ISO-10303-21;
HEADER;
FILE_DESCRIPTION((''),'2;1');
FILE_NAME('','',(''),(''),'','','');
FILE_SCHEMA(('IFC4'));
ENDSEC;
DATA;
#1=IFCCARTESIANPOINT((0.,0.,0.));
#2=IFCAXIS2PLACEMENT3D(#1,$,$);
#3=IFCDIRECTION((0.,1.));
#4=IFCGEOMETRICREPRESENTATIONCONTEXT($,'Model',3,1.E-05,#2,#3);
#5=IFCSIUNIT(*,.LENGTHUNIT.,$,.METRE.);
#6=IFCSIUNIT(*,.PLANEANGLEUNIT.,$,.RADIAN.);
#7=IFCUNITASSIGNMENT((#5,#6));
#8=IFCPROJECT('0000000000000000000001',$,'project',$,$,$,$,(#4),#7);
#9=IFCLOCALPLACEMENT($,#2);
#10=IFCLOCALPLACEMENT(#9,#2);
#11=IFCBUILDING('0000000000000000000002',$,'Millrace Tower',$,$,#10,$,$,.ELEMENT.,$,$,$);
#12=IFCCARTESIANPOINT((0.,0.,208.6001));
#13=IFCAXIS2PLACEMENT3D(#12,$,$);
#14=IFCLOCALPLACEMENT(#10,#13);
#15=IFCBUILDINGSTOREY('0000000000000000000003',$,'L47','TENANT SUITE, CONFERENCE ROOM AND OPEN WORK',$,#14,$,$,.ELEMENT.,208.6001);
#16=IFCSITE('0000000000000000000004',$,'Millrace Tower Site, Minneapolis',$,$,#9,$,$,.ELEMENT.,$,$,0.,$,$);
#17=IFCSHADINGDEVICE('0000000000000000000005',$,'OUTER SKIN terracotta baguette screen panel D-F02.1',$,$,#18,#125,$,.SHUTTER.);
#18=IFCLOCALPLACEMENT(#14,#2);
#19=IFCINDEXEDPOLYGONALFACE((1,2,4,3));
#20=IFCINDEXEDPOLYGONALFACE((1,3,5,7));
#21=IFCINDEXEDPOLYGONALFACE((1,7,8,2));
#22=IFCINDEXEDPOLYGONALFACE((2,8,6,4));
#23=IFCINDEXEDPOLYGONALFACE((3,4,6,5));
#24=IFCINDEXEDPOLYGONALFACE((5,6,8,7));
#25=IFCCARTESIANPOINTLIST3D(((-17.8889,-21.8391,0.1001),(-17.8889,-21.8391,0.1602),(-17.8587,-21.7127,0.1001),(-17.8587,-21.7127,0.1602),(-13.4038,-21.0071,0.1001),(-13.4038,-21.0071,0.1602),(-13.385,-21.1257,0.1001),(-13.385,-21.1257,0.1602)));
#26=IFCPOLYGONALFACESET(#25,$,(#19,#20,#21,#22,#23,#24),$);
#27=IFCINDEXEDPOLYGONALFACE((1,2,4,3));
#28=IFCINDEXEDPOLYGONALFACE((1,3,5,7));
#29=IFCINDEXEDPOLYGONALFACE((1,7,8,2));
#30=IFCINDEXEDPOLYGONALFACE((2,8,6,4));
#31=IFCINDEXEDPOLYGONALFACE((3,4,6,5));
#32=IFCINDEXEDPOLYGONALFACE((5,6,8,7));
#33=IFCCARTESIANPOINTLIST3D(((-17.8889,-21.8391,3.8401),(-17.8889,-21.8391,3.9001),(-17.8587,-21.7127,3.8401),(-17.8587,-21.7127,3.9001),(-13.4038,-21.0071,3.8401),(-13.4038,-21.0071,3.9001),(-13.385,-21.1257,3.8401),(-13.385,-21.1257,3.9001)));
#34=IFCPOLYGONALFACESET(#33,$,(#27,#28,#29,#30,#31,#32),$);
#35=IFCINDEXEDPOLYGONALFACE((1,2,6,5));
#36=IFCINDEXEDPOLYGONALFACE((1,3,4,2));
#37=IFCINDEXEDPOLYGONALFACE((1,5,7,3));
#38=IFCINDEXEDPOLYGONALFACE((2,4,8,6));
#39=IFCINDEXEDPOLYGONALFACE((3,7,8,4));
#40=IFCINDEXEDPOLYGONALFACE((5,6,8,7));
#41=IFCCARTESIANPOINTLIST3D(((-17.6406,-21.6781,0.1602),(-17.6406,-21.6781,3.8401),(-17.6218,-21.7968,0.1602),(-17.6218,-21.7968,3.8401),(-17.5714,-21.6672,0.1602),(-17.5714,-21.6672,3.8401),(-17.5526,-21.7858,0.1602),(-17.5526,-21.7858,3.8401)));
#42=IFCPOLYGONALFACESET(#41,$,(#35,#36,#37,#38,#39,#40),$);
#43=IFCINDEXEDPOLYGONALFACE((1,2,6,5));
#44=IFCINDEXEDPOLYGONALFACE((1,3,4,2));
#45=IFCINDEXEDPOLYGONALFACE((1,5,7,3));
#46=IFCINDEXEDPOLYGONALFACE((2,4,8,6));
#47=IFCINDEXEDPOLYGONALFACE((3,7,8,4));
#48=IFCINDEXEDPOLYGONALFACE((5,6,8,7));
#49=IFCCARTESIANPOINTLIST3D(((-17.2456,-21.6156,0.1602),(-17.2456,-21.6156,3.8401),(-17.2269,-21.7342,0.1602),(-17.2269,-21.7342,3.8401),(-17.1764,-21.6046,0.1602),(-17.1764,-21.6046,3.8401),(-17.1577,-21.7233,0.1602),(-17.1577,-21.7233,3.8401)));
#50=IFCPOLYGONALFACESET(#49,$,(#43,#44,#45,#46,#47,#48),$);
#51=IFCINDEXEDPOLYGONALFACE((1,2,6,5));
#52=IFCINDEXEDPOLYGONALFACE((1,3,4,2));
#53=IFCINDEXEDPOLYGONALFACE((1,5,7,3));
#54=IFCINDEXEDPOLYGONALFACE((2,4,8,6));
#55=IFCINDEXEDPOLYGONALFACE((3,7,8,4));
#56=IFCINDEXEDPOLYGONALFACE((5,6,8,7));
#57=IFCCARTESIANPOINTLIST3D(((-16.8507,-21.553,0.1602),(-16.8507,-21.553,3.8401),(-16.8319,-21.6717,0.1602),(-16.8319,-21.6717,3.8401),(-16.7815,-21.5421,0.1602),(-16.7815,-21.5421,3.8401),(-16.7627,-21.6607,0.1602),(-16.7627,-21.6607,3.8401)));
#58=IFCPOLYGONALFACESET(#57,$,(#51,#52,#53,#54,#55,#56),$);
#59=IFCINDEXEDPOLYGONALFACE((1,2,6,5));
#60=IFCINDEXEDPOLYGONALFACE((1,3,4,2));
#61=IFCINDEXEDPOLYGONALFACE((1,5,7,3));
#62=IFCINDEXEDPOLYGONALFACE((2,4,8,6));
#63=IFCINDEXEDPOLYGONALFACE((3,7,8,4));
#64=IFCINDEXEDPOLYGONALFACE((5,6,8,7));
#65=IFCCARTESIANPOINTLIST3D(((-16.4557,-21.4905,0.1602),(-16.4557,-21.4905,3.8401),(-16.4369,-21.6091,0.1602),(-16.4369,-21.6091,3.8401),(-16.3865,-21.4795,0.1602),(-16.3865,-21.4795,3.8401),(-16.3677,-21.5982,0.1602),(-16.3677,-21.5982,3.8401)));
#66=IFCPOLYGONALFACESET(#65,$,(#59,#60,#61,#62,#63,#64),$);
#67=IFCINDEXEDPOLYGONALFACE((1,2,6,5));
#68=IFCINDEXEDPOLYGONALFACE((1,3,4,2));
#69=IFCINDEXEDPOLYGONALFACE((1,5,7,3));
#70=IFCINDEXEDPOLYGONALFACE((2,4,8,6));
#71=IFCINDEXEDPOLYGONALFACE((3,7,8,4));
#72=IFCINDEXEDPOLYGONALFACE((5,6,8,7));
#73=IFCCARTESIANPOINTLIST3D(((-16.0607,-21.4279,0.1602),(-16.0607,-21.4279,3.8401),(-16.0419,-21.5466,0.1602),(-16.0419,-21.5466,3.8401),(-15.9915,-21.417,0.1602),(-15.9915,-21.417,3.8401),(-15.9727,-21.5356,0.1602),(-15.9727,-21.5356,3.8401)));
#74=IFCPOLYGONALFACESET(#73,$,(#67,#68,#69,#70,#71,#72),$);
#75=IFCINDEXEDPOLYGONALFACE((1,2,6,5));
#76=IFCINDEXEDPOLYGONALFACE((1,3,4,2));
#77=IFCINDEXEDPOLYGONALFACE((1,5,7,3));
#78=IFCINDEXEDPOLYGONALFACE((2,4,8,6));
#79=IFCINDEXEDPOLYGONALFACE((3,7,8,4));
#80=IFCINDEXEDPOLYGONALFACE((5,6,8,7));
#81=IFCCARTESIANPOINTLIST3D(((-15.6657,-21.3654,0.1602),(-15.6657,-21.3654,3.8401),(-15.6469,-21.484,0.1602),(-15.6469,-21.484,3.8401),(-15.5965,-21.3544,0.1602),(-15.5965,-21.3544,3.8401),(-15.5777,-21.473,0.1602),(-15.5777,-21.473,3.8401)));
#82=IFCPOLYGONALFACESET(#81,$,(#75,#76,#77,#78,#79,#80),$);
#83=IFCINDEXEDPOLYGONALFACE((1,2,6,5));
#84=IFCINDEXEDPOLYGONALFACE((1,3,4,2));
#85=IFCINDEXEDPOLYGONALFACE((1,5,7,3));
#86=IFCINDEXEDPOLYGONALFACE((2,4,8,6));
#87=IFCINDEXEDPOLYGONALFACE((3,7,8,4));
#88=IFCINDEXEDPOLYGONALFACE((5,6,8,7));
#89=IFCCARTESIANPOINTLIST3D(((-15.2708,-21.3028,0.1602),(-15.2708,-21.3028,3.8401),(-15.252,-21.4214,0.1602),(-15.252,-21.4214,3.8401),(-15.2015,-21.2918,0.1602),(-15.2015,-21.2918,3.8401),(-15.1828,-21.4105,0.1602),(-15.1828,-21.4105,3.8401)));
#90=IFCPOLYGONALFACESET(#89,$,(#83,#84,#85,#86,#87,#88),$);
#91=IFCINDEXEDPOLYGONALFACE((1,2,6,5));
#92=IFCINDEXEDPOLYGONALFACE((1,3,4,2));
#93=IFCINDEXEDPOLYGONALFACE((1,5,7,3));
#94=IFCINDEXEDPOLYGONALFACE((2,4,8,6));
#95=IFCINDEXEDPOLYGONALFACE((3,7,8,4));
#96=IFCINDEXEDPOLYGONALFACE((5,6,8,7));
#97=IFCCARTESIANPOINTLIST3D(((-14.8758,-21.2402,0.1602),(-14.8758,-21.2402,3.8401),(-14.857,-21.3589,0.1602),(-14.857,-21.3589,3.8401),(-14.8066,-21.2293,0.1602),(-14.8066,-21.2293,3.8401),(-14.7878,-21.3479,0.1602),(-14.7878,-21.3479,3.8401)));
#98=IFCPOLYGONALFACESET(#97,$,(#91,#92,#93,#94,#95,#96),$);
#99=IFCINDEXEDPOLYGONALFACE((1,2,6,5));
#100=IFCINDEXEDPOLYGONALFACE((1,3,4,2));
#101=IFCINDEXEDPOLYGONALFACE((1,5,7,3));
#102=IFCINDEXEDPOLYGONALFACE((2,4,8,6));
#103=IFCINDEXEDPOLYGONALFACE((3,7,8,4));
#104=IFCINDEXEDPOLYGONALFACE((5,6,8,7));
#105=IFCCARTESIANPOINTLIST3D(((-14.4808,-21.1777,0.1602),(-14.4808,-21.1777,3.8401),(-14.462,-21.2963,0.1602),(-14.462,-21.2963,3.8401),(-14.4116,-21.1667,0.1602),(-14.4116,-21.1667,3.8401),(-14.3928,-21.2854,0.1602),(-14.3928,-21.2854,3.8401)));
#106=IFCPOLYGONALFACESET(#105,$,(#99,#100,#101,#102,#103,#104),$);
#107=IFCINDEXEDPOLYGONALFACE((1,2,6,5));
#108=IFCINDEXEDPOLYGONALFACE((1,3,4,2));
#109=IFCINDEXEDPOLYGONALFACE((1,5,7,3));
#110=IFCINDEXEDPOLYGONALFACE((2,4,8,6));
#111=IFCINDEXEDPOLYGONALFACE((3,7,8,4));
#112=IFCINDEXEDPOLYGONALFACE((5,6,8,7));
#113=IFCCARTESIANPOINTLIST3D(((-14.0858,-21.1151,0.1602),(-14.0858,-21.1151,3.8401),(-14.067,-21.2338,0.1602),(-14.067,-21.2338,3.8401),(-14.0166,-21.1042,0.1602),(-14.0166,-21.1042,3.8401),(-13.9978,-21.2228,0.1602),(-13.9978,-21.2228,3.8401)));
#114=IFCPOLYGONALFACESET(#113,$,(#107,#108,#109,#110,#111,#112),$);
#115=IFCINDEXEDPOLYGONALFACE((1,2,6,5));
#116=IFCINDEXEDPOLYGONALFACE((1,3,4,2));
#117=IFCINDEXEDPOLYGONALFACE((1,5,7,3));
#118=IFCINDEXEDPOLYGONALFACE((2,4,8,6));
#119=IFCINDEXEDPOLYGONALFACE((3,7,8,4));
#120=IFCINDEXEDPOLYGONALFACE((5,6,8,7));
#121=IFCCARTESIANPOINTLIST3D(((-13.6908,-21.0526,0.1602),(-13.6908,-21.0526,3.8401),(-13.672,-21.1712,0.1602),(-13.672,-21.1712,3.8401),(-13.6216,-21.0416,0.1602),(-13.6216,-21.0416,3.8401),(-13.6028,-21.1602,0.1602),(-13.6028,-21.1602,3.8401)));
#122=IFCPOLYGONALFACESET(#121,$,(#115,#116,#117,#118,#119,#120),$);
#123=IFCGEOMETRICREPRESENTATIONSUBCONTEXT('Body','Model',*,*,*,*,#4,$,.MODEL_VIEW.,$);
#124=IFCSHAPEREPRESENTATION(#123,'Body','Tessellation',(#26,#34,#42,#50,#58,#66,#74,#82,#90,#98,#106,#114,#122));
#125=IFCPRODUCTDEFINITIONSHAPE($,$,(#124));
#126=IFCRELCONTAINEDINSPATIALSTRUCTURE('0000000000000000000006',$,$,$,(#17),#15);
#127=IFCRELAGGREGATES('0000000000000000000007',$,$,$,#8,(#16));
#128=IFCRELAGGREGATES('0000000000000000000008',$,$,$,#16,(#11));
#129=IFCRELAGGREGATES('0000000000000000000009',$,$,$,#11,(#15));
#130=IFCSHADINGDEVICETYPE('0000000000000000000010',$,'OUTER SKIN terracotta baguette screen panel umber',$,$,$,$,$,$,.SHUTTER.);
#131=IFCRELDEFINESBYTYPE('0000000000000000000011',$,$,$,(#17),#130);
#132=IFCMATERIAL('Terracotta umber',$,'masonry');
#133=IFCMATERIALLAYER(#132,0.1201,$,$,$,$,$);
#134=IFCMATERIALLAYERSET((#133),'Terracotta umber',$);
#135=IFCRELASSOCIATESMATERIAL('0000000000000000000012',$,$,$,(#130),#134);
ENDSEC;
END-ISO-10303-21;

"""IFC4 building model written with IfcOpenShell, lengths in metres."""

from ifc_helpers import new_model, entity, si_unit, direction, frame, frame_2d, origin, place, context, subcontext, project, spatial, rectangle, extrude, source, transform, mapped, material, layer, layer_set, type_object, element, save


model = new_model("IFC4")

# Units and contexts
model_context = context("Model", 3, precision=1e-05, world=origin(), true_north=direction((0.0, 1.0)))
body_context = subcontext(model_context, "Body", "Model", "MODEL_VIEW")
ifc_project = project(units=[si_unit("LENGTHUNIT", "METRE"), si_unit("PLANEANGLEUNIT", "RADIAN")], contexts=[model_context])

# Site, building, storey
site_placement = place(None, origin())
site = spatial("IfcSite", under=ifc_project, at=site_placement, Name="Millrace Tower Site, Minneapolis", CompositionType="ELEMENT", RefElevation=0.0)
building_placement = place(site_placement, origin())
building = spatial("IfcBuilding", under=site, at=building_placement, Name="Millrace Tower", CompositionType="ELEMENT")
storey_placement = place(building_placement, frame((0.0, 0.0, 208.6001)))
storey = spatial("IfcBuildingStorey", under=building, at=storey_placement, Name="L47", Description="TENANT SUITE, CONFERENCE ROOM AND OPEN WORK", CompositionType="ELEMENT", Elevation=208.6001)

# Shading device
ifc_material_1 = material(Name="Terracotta umber", Category="masonry")
ifc_layer_1 = layer(ifc_material_1, 0.1201)
ifc_layer_set_1 = layer_set([ifc_layer_1], Name="Terracotta umber")
shading_device_type = type_object("IfcShadingDeviceType", Name="OUTER SKIN terracotta baguette screen panel umber", PredefinedType="SHUTTER", material=ifc_layer_set_1)
cartesian_point_1 = entity("IfcCartesianPoint", [-2.2429, 0.0601])
shared_polyline_1 = entity("IfcPolyline", [cartesian_point_1, entity("IfcCartesianPoint", [2.2676, 0.0601]), entity("IfcCartesianPoint", [2.2676, -0.0601]), entity("IfcCartesianPoint", [-2.2925, -0.0601]), cartesian_point_1])
shared_shape_1 = source(origin(), body_context, "Body", "SweptSolid", [
    entity("IfcExtrudedAreaSolid", entity("IfcArbitraryClosedProfileDef", "AREA", None, shared_polyline_1), entity("IfcAxis2Placement3D", entity("IfcCartesianPoint", [0.0, 0.0, 0.0])), entity("IfcDirection", [0.0, 0.0, 1.0]), 0.0601),
    entity("IfcExtrudedAreaSolid", entity("IfcArbitraryClosedProfileDef", "AREA", None, shared_polyline_1), entity("IfcAxis2Placement3D", entity("IfcCartesianPoint", [0.0, 0.0, 3.74])), entity("IfcDirection", [0.0, 0.0, 1.0]), 0.0601),
    extrude(rectangle(XDim=0.0701, YDim=0.1201, at=frame_2d((-1.9871, 0.0))), frame((0.0, 0.0, 0.0601)), (0.0, 0.0, 1.0), 3.6799),
    extrude(rectangle(XDim=0.0701, YDim=0.1201, at=frame_2d((-1.5872, 0.0))), frame((0.0, 0.0, 0.0601)), (0.0, 0.0, 1.0), 3.6799),
    extrude(rectangle(XDim=0.0701, YDim=0.1201, at=frame_2d((-1.1873, 0.0))), frame((0.0, 0.0, 0.0601)), (0.0, 0.0, 1.0), 3.6799),
    extrude(rectangle(XDim=0.0701, YDim=0.1201, at=frame_2d((-0.7874, 0.0))), frame((0.0, 0.0, 0.0601)), (0.0, 0.0, 1.0), 3.6799),
    extrude(rectangle(XDim=0.0701, YDim=0.1201, at=frame_2d((-0.3875, 0.0))), frame((0.0, 0.0, 0.0601)), (0.0, 0.0, 1.0), 3.6799),
    extrude(rectangle(XDim=0.0701, YDim=0.1201, at=frame_2d((0.0125, 0.0))), frame((0.0, 0.0, 0.0601)), (0.0, 0.0, 1.0), 3.6799),
    extrude(rectangle(XDim=0.0701, YDim=0.1201, at=frame_2d((0.4124, 0.0))), frame((0.0, 0.0, 0.0601)), (0.0, 0.0, 1.0), 3.6799),
    extrude(rectangle(XDim=0.0701, YDim=0.1201, at=frame_2d((0.8123, 0.0))), frame((0.0, 0.0, 0.0601)), (0.0, 0.0, 1.0), 3.6799),
    extrude(rectangle(XDim=0.0701, YDim=0.1201, at=frame_2d((1.2122, 0.0))), frame((0.0, 0.0, 0.0601)), (0.0, 0.0, 1.0), 3.6799),
    extrude(rectangle(XDim=0.0701, YDim=0.1201, at=frame_2d((1.6121, 0.0))), frame((0.0, 0.0, 0.0601)), (0.0, 0.0, 1.0), 3.6799),
    extrude(rectangle(XDim=0.0701, YDim=0.1201, at=frame_2d((2.012, 0.0))), frame((0.0, 0.0, 0.0601)), (0.0, 0.0, 1.0), 3.6799),
])
shading_device_1_placement = place(storey_placement, frame((-15.634, -21.4211, 0.1001), z_axis=(0.0, 0.0, 1.0), x_axis=(0.987688, 0.156434, 0.0)))
element("IfcShadingDevice", 1, at=shading_device_1_placement, inside=storey, type_object=shading_device_type, Name="OUTER SKIN terracotta baguette screen panel D-F02.1", PredefinedType="SHUTTER", context=body_context, shape_type="MappedRepresentation", body=[
    mapped(shared_shape_1, transform((0.0, 0.0, 0.0), scale=1.0)),
])

save(model, "model.ifc")
